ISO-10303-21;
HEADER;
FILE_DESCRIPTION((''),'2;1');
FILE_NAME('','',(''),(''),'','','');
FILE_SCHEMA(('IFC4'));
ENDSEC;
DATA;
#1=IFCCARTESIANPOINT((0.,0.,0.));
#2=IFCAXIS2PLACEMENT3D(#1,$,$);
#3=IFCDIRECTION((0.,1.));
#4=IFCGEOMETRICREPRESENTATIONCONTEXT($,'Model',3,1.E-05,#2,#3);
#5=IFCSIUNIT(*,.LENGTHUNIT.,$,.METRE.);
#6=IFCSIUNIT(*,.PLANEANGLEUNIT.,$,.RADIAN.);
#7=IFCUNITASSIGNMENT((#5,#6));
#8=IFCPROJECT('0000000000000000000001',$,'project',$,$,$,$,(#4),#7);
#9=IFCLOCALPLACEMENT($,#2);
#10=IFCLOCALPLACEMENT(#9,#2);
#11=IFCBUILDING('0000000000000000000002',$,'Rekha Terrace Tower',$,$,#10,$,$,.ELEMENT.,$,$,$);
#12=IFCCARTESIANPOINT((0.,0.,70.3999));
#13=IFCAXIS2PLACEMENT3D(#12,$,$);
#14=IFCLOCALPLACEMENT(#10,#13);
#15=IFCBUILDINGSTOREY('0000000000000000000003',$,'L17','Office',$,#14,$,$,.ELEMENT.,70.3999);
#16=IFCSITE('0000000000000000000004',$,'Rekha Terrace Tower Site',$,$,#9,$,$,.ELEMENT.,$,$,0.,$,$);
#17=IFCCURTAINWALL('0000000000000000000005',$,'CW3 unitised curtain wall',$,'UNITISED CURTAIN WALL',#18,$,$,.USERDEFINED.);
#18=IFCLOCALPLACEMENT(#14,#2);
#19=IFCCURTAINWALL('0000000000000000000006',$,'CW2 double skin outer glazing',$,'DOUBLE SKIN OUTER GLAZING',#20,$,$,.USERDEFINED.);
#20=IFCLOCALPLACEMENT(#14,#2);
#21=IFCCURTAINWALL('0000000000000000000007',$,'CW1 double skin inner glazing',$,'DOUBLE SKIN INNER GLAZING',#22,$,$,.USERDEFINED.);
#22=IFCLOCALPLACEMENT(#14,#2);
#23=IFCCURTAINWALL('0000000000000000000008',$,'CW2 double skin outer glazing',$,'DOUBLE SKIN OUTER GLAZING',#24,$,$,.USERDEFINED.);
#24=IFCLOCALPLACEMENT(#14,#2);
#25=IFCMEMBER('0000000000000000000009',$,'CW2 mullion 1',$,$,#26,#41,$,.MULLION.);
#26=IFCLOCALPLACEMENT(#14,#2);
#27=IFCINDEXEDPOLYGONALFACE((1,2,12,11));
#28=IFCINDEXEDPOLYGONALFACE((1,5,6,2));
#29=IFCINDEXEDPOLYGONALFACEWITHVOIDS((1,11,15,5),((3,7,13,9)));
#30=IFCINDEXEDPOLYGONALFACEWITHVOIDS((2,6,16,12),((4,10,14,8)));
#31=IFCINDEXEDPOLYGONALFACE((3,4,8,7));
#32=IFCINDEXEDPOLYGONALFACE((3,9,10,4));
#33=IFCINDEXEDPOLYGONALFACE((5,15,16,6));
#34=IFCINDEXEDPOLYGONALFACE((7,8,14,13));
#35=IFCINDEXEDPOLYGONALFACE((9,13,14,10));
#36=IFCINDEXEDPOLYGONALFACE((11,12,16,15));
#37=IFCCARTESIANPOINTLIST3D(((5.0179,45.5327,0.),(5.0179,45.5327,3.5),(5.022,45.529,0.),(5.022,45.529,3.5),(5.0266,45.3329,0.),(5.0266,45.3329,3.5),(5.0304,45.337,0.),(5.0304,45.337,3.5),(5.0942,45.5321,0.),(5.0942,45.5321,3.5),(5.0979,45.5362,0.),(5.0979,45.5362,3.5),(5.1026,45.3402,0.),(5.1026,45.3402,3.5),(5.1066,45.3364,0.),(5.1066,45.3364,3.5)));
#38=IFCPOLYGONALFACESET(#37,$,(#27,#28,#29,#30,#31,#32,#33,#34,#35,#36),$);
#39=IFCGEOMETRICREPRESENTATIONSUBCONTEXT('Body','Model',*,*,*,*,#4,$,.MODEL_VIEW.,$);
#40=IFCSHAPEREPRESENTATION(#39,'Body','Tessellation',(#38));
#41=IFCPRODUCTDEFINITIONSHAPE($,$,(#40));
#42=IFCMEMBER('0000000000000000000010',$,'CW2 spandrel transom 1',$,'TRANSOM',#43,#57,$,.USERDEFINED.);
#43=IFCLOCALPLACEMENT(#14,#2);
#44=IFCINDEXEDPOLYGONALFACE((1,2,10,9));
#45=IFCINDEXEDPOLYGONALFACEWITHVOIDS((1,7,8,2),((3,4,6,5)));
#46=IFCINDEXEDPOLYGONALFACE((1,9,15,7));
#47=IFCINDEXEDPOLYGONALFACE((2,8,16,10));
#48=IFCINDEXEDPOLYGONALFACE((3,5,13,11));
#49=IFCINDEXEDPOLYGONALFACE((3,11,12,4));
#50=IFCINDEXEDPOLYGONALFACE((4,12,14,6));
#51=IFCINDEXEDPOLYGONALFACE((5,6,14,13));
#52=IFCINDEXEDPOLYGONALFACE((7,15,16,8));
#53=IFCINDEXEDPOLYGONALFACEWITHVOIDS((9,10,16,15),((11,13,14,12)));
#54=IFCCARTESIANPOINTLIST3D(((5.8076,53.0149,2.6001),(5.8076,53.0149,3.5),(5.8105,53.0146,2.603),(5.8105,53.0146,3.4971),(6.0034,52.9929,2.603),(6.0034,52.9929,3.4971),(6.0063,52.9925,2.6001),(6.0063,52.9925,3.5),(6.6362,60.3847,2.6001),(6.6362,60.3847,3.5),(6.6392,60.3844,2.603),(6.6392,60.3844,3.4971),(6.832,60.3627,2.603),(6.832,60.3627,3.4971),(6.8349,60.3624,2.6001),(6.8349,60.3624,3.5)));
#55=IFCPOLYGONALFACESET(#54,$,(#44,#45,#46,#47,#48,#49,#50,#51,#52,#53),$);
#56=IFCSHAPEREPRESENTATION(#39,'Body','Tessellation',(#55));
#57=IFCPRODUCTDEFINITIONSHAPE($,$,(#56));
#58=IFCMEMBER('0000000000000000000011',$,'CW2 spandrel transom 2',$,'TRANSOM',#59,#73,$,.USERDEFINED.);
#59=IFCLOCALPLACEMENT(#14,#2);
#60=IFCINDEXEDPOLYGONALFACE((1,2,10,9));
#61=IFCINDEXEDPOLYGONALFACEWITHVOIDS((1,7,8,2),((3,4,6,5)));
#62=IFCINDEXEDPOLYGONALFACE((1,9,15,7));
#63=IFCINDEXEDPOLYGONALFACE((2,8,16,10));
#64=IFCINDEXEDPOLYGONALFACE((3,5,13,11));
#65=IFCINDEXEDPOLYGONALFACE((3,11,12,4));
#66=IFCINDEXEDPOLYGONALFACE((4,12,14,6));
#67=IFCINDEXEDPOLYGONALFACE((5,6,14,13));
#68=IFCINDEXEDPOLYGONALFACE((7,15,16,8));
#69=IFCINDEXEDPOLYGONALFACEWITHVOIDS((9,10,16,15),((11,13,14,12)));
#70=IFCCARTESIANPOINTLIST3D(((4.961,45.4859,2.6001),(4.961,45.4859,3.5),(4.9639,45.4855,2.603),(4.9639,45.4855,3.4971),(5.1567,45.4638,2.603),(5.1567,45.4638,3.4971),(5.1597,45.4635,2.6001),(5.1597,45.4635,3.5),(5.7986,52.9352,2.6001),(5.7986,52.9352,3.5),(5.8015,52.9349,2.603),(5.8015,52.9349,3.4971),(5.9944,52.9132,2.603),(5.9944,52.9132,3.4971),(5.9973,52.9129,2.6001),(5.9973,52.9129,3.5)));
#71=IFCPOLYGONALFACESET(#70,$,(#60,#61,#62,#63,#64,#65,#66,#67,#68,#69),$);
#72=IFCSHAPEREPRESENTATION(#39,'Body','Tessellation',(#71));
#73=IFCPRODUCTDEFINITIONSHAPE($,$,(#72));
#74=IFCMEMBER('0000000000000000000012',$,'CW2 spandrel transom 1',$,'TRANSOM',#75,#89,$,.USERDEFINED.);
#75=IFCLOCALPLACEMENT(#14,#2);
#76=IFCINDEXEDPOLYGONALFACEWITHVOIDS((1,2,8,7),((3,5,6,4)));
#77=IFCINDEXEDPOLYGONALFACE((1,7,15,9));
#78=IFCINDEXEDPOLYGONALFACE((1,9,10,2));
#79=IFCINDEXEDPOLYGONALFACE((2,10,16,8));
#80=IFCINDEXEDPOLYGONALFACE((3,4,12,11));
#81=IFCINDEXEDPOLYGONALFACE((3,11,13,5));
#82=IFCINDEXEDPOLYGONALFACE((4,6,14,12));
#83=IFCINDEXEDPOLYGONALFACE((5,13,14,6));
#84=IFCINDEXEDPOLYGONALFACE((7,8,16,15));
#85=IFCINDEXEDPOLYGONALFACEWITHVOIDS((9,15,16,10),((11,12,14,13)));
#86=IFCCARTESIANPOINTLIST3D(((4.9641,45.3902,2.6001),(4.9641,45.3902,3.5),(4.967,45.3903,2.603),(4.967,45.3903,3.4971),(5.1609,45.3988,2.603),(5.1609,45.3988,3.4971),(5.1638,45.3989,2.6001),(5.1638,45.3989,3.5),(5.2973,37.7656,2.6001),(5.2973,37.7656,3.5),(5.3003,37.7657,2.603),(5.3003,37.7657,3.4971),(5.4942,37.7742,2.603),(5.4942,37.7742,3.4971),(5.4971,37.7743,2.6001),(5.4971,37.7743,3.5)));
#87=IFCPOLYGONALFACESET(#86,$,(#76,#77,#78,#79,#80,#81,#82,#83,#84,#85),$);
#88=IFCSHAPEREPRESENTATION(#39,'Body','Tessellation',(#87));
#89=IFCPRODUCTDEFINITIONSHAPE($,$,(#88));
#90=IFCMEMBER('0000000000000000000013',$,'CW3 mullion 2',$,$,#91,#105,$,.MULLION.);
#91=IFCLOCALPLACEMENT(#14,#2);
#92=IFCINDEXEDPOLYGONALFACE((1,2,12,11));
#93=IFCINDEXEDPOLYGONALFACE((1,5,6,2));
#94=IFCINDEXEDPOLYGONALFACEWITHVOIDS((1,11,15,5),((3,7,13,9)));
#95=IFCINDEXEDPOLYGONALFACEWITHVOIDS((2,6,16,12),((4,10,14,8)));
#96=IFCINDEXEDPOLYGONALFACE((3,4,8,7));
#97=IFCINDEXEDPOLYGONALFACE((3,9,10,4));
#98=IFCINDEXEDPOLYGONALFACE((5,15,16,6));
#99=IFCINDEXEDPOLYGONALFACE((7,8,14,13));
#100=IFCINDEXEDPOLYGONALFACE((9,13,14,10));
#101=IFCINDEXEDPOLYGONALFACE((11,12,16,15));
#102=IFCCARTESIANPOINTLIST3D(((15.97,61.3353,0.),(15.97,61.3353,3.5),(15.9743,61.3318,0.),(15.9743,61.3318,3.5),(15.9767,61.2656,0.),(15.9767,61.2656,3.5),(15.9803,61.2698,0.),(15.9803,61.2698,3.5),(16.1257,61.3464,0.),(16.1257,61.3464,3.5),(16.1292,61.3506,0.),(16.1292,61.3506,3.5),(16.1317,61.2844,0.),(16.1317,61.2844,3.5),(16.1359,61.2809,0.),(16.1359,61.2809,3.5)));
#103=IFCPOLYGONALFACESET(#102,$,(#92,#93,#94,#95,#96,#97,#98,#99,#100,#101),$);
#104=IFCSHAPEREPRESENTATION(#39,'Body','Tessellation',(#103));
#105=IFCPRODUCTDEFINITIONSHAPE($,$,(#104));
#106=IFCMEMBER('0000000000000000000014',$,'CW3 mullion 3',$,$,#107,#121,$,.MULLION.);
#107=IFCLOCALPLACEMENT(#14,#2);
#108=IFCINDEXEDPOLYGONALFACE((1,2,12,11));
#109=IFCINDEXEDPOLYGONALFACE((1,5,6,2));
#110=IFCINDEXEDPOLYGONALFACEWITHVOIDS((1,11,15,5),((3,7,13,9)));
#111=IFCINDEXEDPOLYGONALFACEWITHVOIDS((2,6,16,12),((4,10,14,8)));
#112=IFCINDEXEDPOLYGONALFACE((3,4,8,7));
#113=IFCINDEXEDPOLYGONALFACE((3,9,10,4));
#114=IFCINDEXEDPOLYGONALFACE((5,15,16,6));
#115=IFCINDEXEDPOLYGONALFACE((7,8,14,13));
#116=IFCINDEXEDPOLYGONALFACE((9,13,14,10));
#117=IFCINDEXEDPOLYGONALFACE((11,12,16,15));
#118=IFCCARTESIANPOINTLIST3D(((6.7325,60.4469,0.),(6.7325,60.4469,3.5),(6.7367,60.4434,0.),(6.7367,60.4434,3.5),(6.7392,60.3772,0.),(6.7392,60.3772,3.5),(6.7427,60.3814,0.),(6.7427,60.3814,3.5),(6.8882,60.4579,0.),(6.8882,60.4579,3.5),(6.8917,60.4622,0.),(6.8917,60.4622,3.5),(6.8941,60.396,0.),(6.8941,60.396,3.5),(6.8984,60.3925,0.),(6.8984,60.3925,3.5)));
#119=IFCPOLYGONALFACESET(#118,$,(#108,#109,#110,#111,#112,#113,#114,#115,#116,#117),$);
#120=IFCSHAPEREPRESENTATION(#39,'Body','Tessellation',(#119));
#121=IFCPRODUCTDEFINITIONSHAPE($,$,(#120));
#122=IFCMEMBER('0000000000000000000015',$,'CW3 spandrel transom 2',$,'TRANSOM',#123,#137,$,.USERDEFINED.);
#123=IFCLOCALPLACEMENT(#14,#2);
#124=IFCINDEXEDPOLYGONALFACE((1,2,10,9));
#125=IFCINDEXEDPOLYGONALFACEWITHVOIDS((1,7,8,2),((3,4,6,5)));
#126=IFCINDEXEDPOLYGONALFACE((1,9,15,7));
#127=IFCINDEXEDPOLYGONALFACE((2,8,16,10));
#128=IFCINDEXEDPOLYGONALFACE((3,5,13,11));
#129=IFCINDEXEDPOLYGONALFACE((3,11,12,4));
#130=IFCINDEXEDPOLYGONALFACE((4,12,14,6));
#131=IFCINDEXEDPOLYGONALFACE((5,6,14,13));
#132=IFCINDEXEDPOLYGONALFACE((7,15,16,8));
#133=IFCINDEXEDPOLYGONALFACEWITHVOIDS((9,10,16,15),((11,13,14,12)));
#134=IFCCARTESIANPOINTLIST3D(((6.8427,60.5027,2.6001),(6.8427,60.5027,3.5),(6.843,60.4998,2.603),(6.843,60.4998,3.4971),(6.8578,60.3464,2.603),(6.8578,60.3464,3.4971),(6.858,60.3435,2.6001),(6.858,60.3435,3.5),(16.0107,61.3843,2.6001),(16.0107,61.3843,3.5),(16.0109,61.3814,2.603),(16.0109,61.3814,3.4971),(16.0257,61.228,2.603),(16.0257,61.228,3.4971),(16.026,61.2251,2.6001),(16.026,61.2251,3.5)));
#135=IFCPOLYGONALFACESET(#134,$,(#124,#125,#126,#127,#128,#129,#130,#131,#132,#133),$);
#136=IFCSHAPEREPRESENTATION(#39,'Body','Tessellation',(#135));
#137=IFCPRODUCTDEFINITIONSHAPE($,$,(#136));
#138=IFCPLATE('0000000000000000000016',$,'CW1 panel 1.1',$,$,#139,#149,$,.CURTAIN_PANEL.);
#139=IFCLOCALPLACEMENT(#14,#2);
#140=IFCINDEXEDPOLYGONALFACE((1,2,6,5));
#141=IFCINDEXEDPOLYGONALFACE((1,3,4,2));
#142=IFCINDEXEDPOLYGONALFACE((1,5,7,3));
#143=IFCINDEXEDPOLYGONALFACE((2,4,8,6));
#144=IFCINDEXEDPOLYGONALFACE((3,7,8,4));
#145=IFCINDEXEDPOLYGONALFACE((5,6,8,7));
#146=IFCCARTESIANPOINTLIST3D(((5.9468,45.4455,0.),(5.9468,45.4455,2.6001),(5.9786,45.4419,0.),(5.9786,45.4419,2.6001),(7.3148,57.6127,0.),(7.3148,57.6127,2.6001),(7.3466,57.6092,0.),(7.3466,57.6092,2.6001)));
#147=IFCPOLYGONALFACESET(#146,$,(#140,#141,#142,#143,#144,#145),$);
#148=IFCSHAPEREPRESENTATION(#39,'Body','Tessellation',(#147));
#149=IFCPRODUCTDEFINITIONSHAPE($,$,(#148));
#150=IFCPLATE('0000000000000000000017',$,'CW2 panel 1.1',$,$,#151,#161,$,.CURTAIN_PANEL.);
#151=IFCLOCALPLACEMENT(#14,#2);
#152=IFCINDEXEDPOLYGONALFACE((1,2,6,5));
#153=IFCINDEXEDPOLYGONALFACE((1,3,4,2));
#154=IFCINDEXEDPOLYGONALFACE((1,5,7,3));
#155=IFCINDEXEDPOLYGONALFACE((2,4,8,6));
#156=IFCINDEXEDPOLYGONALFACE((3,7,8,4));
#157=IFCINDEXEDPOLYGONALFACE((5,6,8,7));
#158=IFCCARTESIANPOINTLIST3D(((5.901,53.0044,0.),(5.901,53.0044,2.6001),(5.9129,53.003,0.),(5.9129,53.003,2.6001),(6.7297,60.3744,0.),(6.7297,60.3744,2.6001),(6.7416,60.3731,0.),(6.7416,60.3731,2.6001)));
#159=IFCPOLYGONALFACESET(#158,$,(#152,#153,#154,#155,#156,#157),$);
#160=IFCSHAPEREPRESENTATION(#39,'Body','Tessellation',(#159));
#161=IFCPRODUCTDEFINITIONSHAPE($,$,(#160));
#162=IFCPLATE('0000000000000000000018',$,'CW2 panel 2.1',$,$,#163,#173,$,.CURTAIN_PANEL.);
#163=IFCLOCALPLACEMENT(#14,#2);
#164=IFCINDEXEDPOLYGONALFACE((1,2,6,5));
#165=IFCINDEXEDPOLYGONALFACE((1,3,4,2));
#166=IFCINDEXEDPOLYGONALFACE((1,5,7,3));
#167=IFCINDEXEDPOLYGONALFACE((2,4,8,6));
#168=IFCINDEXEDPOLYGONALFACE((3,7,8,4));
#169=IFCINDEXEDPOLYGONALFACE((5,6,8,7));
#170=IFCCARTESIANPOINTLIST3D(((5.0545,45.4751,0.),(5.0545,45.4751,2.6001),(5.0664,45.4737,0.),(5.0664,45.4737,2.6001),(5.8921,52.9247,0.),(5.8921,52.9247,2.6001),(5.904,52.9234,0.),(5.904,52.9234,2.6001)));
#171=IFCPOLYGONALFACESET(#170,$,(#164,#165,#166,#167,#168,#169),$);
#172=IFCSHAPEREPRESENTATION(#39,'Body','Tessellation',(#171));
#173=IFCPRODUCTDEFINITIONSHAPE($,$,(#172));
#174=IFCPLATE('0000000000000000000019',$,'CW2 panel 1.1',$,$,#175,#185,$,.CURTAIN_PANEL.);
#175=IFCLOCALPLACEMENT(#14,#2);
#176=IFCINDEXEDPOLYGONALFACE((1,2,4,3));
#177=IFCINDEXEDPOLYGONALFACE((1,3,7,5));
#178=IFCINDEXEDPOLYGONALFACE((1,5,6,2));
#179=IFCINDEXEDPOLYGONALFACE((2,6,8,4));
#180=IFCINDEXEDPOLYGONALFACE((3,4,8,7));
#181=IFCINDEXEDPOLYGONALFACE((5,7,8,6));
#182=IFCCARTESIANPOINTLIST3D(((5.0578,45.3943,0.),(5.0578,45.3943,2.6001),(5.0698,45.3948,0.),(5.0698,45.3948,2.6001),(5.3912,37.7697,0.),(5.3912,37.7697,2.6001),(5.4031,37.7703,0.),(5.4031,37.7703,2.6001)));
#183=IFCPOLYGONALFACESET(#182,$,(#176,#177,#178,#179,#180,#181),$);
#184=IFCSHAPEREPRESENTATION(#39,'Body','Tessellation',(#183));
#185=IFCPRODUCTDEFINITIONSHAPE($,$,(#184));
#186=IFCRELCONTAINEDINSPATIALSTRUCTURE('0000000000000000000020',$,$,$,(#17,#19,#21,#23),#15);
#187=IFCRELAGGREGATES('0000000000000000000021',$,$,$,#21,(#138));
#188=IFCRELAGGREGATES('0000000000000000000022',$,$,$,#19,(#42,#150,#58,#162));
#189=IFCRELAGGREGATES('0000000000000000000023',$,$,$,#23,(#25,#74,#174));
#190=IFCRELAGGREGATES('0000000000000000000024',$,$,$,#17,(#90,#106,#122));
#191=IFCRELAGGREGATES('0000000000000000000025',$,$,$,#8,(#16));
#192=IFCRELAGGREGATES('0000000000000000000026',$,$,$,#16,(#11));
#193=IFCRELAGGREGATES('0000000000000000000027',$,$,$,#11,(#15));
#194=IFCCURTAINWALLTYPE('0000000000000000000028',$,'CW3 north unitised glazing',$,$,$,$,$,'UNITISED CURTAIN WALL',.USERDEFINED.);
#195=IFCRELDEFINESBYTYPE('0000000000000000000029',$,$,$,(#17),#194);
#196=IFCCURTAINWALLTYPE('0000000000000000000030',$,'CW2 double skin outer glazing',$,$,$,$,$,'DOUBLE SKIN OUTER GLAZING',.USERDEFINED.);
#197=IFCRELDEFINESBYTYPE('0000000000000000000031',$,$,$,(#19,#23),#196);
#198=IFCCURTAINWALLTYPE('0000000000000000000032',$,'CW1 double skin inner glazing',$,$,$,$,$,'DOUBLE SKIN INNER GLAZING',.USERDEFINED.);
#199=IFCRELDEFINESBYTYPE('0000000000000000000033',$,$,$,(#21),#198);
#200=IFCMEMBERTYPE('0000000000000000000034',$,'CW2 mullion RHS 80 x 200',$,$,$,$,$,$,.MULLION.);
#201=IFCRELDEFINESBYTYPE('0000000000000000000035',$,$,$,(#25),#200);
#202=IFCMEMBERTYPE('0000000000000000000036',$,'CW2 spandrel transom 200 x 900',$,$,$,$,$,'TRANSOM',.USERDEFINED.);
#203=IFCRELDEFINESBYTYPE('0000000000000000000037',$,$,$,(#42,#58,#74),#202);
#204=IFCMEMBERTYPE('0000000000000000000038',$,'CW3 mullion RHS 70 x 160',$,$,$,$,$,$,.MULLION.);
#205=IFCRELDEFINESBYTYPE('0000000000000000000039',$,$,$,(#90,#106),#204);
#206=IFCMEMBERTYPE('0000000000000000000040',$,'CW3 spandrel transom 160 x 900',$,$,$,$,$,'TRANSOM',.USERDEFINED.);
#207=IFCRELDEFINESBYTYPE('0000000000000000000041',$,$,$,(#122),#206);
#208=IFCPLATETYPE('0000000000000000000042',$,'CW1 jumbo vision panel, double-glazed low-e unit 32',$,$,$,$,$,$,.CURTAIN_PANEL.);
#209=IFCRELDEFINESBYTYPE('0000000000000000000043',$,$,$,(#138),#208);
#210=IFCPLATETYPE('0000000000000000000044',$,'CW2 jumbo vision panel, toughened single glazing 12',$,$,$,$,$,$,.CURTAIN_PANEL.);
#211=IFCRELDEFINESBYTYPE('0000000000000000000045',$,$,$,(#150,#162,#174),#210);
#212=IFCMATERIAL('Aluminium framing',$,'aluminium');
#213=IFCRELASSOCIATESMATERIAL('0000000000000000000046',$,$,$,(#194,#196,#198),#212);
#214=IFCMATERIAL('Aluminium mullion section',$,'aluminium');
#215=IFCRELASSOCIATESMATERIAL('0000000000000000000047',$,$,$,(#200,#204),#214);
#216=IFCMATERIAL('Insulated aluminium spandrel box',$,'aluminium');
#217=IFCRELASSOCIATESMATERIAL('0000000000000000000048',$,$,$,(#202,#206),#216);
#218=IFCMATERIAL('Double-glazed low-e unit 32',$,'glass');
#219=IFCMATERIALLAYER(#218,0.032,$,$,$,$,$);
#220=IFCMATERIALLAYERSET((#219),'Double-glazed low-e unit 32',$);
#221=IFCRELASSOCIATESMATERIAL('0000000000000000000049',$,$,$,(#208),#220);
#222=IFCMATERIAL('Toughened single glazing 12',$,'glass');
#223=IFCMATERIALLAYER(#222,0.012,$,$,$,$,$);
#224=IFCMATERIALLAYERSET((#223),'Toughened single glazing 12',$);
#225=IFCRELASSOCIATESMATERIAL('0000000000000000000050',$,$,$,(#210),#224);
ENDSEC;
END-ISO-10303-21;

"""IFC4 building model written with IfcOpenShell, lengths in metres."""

from ifc_helpers import new_model, si_unit, direction, frame, origin, origin_2d, place, context, subcontext, project, spatial, rectangle, hollow_rectangle, extrude, material, layer, layer_set, material_profile, profile_set, type_object, element, aggregate, save


model = new_model("IFC4")

# Units and contexts
model_context = context("Model", 3, precision=1e-05, world=origin(), true_north=direction((0.0, 1.0)))
body_context = subcontext(model_context, "Body", "Model", "MODEL_VIEW")
ifc_project = project(units=[si_unit("LENGTHUNIT", "METRE"), si_unit("PLANEANGLEUNIT", "RADIAN")], contexts=[model_context])

# Site, building, storey
site_placement = place(None, origin())
site = spatial("IfcSite", under=ifc_project, at=site_placement, Name="Rekha Terrace Tower Site", CompositionType="ELEMENT", RefElevation=0.0)
building_placement = place(site_placement, origin())
building = spatial("IfcBuilding", under=site, at=building_placement, Name="Rekha Terrace Tower", CompositionType="ELEMENT")
storey_placement = place(building_placement, frame((0.0, 0.0, 70.3999)))
storey = spatial("IfcBuildingStorey", under=building, at=storey_placement, Name="L17", Description="Office", CompositionType="ELEMENT", Elevation=70.3999)

# Curtain walls
ifc_material_1 = material(Name="Aluminium framing", Category="aluminium")
curtain_wall_type_1 = type_object("IfcCurtainWallType", Name="CW3 north unitised glazing", ElementType="UNITISED CURTAIN WALL", PredefinedType="USERDEFINED", material=ifc_material_1)
curtain_wall_1_placement = place(storey_placement, origin())
curtain_wall_1 = element("IfcCurtainWall", 1, at=curtain_wall_1_placement, inside=storey, type_object=curtain_wall_type_1, Name="CW3 unitised curtain wall", ObjectType="UNITISED CURTAIN WALL", PredefinedType="USERDEFINED")
curtain_wall_type_2 = type_object("IfcCurtainWallType", Name="CW2 double skin outer glazing", ElementType="DOUBLE SKIN OUTER GLAZING", PredefinedType="USERDEFINED", material=ifc_material_1)
curtain_wall_2_placement = place(storey_placement, origin())
curtain_wall_2 = element("IfcCurtainWall", 2, at=curtain_wall_2_placement, inside=storey, type_object=curtain_wall_type_2, Name="CW2 double skin outer glazing", ObjectType="DOUBLE SKIN OUTER GLAZING", PredefinedType="USERDEFINED")
curtain_wall_type_3 = type_object("IfcCurtainWallType", Name="CW1 double skin inner glazing", ElementType="DOUBLE SKIN INNER GLAZING", PredefinedType="USERDEFINED", material=ifc_material_1)
curtain_wall_3_placement = place(storey_placement, origin())
curtain_wall_3 = element("IfcCurtainWall", 3, at=curtain_wall_3_placement, inside=storey, type_object=curtain_wall_type_3, Name="CW1 double skin inner glazing", ObjectType="DOUBLE SKIN INNER GLAZING", PredefinedType="USERDEFINED")
ifc_material_2 = material(Name="Aluminium mullion section", Category="aluminium")

# Shared definitions
ifc_material_3 = material(Name="Insulated aluminium spandrel box", Category="aluminium")
ifc_material_profile_1 = material_profile(ifc_material_2, hollow_rectangle(XDim=0.0801, YDim=0.2, WallThickness=0.0039, at=origin_2d()), Name="AL RHS 80x200")
ifc_profile_set_1 = profile_set([ifc_material_profile_1], Name="Aluminium mullion section")
member_type_1 = type_object("IfcMemberType", Name="CW2 mullion RHS 80 x 200", PredefinedType="MULLION", material=ifc_profile_set_1)

# Curtain wall, member
curtain_wall_4_placement = place(storey_placement, origin())
curtain_wall_4 = element("IfcCurtainWall", 4, at=curtain_wall_4_placement, inside=storey, type_object=curtain_wall_type_2, Name="CW2 double skin outer glazing", ObjectType="DOUBLE SKIN OUTER GLAZING", PredefinedType="USERDEFINED")
member_1_placement = place(storey_placement, frame((5.0623, 45.4346, 0.0), z_axis=(0.0, 0.0, 1.0), x_axis=(0.999045, 0.043683, 0.0)))
member_1 = element("IfcMember", 5, at=member_1_placement, type_object=member_type_1, Name="CW2 mullion 1", PredefinedType="MULLION", context=body_context, shape_type="SweptSolid", body=[
    extrude(hollow_rectangle(XDim=0.0801, YDim=0.2, WallThickness=0.0039, at=origin_2d()), origin(), (0.0, 0.0, 1.0), 3.5),
])

# Members
ifc_material_profile_2 = material_profile(ifc_material_3, hollow_rectangle(XDim=0.2, YDim=0.8999, WallThickness=0.0029, at=origin_2d()), Name="AL SPANDREL BOX 200x900")
ifc_profile_set_2 = profile_set([ifc_material_profile_2], Name="Insulated aluminium spandrel box")
member_type_2 = type_object("IfcMemberType", Name="CW2 spandrel transom 200 x 900", ElementType="TRANSOM", PredefinedType="USERDEFINED", material=ifc_profile_set_2)
member_2_placement = place(storey_placement, frame((6.7356, 60.3735, 3.05), z_axis=(-0.111729, -0.993739, 0.0), x_axis=(0.993739, -0.111729, 0.0)))
member_2 = element("IfcMember", 6, at=member_2_placement, type_object=member_type_2, Name="CW2 spandrel transom 1", ObjectType="TRANSOM", PredefinedType="USERDEFINED", context=body_context, shape_type="SweptSolid", body=[
    extrude(hollow_rectangle(XDim=0.2, YDim=0.8999, WallThickness=0.0029, at=origin_2d()), origin(), (0.0, 0.0, 1.0), 7.4163),
])
member_3_placement = place(storey_placement, frame((5.8979, 52.9241, 3.05), z_axis=(-0.11174, -0.993738, 0.0), x_axis=(0.993738, -0.11174, 0.0)))
member_3 = element("IfcMember", 7, at=member_3_placement, type_object=member_type_2, Name="CW2 spandrel transom 2", ObjectType="TRANSOM", PredefinedType="USERDEFINED", context=body_context, shape_type="SweptSolid", body=[
    extrude(hollow_rectangle(XDim=0.2, YDim=0.8999, WallThickness=0.0029, at=origin_2d()), origin(), (0.0, 0.0, 1.0), 7.4963),
])
member_4_placement = place(storey_placement, frame((5.064, 45.3945, 3.05), z_axis=(0.043666, -0.999046, 0.0), x_axis=(0.999046, 0.043666, 0.0)))
member_4 = element("IfcMember", 8, at=member_4_placement, type_object=member_type_2, Name="CW2 spandrel transom 1", ObjectType="TRANSOM", PredefinedType="USERDEFINED", context=body_context, shape_type="SweptSolid", body=[
    extrude(hollow_rectangle(XDim=0.2, YDim=0.8999, WallThickness=0.0029, at=origin_2d()), origin(), (0.0, 0.0, 1.0), 7.6318),
])
ifc_material_profile_3 = material_profile(ifc_material_2, hollow_rectangle(XDim=0.0701, YDim=0.1599, WallThickness=0.0039, at=origin_2d()), Name="AL RHS 70x160")
ifc_profile_set_3 = profile_set([ifc_material_profile_3], Name="Aluminium mullion section")
member_type_3 = type_object("IfcMemberType", Name="CW3 mullion RHS 70 x 160", PredefinedType="MULLION", material=ifc_profile_set_3)
member_5_placement = place(storey_placement, frame((16.053, 61.3081, 0.0), z_axis=(0.0, 0.0, 1.0), x_axis=(0.095712, -0.995409, 0.0)))
member_5 = element("IfcMember", 9, at=member_5_placement, type_object=member_type_3, Name="CW3 mullion 2", PredefinedType="MULLION", context=body_context, shape_type="SweptSolid", body=[
    extrude(hollow_rectangle(XDim=0.0701, YDim=0.1599, WallThickness=0.0039, at=origin_2d()), origin(), (0.0, 0.0, 1.0), 3.5),
])
member_6_placement = place(storey_placement, frame((6.8154, 60.4197, 0.0), z_axis=(0.0, 0.0, 1.0), x_axis=(0.095712, -0.995409, 0.0)))
member_6 = element("IfcMember", 10, at=member_6_placement, type_object=member_type_3, Name="CW3 mullion 3", PredefinedType="MULLION", context=body_context, shape_type="SweptSolid", body=[
    extrude(hollow_rectangle(XDim=0.0701, YDim=0.1599, WallThickness=0.0039, at=origin_2d()), origin(), (0.0, 0.0, 1.0), 3.5),
])
ifc_material_profile_4 = material_profile(ifc_material_3, hollow_rectangle(XDim=0.1599, YDim=0.8999, WallThickness=0.0029, at=origin_2d()), Name="AL SPANDREL BOX 160x900")
ifc_profile_set_4 = profile_set([ifc_material_profile_4], Name="Insulated aluminium spandrel box")
member_type_4 = type_object("IfcMemberType", Name="CW3 spandrel transom 160 x 900", ElementType="TRANSOM", PredefinedType="USERDEFINED", material=ifc_profile_set_4)
member_7_placement = place(storey_placement, frame((16.0183, 61.3047, 3.05), z_axis=(-0.995408, -0.095718, 0.0), x_axis=(0.095718, -0.995408, 0.0)))
member_7 = element("IfcMember", 11, at=member_7_placement, type_object=member_type_4, Name="CW3 spandrel transom 2", ObjectType="TRANSOM", PredefinedType="USERDEFINED", context=body_context, shape_type="SweptSolid", body=[
    extrude(hollow_rectangle(XDim=0.1599, YDim=0.8999, WallThickness=0.0029, at=origin_2d()), origin(), (0.0, 0.0, 1.0), 9.2102),
])

# Plates
ifc_material_4 = material(Name="Double-glazed low-e unit 32", Category="glass")
ifc_layer_1 = layer(ifc_material_4, 0.032)
ifc_layer_set_1 = layer_set([ifc_layer_1], Name="Double-glazed low-e unit 32")
plate_type_1 = type_object("IfcPlateType", Name="CW1 jumbo vision panel, double-glazed low-e unit 32", PredefinedType="CURTAIN_PANEL", material=ifc_layer_set_1)
plate_1_placement = place(storey_placement, frame((6.6467, 51.5273, 0.0), z_axis=(0.0, 0.0, 1.0), x_axis=(-0.11173, -0.993739, 0.0)))
plate_1 = element("IfcPlate", 12, at=plate_1_placement, type_object=plate_type_1, Name="CW1 panel 1.1", PredefinedType="CURTAIN_PANEL", context=body_context, shape_type="SweptSolid", body=[
    extrude(rectangle(XDim=12.2439, YDim=0.032, at=origin_2d()), origin(), (0.0, 0.0, 1.0), 2.6001),
])
aggregate(curtain_wall_3, [plate_1])
ifc_material_5 = material(Name="Toughened single glazing 12", Category="glass")
ifc_layer_2 = layer(ifc_material_5, 0.012)
ifc_layer_set_2 = layer_set([ifc_layer_2], Name="Toughened single glazing 12")
plate_type_2 = type_object("IfcPlateType", Name="CW2 jumbo vision panel, toughened single glazing 12", PredefinedType="CURTAIN_PANEL", material=ifc_layer_set_2)
plate_2_placement = place(storey_placement, frame((6.3213, 56.6887, 0.0), z_axis=(0.0, 0.0, 1.0), x_axis=(-0.11173, -0.993739, 0.0)))
plate_2 = element("IfcPlate", 13, at=plate_2_placement, type_object=plate_type_2, Name="CW2 panel 1.1", PredefinedType="CURTAIN_PANEL", context=body_context, shape_type="SweptSolid", body=[
    extrude(rectangle(XDim=7.4165, YDim=0.012, at=origin_2d()), origin(), (0.0, 0.0, 1.0), 2.6001),
])
plate_3_placement = place(storey_placement, frame((5.4792, 49.1992, 0.0), z_axis=(0.0, 0.0, 1.0), x_axis=(-0.11173, -0.993739, 0.0)))
plate_3 = element("IfcPlate", 14, at=plate_3_placement, type_object=plate_type_2, Name="CW2 panel 2.1", PredefinedType="CURTAIN_PANEL", context=body_context, shape_type="SweptSolid", body=[
    extrude(rectangle(XDim=7.4966, YDim=0.012, at=origin_2d()), origin(), (0.0, 0.0, 1.0), 2.6001),
])
aggregate(curtain_wall_2, [member_2, plate_2, member_3, plate_3])
plate_4_placement = place(storey_placement, frame((5.2305, 41.5823, 0.0), z_axis=(0.0, 0.0, 1.0), x_axis=(0.043683, -0.999045, 0.0)))
plate_4 = element("IfcPlate", 15, at=plate_4_placement, type_object=plate_type_2, Name="CW2 panel 1.1", PredefinedType="CURTAIN_PANEL", context=body_context, shape_type="SweptSolid", body=[
    extrude(rectangle(XDim=7.6318, YDim=0.012, at=origin_2d()), origin(), (0.0, 0.0, 1.0), 2.6001),
])
aggregate(curtain_wall_4, [member_1, member_4, plate_4])
aggregate(curtain_wall_1, [member_5, member_6, member_7])

save(model, "model.ifc")
